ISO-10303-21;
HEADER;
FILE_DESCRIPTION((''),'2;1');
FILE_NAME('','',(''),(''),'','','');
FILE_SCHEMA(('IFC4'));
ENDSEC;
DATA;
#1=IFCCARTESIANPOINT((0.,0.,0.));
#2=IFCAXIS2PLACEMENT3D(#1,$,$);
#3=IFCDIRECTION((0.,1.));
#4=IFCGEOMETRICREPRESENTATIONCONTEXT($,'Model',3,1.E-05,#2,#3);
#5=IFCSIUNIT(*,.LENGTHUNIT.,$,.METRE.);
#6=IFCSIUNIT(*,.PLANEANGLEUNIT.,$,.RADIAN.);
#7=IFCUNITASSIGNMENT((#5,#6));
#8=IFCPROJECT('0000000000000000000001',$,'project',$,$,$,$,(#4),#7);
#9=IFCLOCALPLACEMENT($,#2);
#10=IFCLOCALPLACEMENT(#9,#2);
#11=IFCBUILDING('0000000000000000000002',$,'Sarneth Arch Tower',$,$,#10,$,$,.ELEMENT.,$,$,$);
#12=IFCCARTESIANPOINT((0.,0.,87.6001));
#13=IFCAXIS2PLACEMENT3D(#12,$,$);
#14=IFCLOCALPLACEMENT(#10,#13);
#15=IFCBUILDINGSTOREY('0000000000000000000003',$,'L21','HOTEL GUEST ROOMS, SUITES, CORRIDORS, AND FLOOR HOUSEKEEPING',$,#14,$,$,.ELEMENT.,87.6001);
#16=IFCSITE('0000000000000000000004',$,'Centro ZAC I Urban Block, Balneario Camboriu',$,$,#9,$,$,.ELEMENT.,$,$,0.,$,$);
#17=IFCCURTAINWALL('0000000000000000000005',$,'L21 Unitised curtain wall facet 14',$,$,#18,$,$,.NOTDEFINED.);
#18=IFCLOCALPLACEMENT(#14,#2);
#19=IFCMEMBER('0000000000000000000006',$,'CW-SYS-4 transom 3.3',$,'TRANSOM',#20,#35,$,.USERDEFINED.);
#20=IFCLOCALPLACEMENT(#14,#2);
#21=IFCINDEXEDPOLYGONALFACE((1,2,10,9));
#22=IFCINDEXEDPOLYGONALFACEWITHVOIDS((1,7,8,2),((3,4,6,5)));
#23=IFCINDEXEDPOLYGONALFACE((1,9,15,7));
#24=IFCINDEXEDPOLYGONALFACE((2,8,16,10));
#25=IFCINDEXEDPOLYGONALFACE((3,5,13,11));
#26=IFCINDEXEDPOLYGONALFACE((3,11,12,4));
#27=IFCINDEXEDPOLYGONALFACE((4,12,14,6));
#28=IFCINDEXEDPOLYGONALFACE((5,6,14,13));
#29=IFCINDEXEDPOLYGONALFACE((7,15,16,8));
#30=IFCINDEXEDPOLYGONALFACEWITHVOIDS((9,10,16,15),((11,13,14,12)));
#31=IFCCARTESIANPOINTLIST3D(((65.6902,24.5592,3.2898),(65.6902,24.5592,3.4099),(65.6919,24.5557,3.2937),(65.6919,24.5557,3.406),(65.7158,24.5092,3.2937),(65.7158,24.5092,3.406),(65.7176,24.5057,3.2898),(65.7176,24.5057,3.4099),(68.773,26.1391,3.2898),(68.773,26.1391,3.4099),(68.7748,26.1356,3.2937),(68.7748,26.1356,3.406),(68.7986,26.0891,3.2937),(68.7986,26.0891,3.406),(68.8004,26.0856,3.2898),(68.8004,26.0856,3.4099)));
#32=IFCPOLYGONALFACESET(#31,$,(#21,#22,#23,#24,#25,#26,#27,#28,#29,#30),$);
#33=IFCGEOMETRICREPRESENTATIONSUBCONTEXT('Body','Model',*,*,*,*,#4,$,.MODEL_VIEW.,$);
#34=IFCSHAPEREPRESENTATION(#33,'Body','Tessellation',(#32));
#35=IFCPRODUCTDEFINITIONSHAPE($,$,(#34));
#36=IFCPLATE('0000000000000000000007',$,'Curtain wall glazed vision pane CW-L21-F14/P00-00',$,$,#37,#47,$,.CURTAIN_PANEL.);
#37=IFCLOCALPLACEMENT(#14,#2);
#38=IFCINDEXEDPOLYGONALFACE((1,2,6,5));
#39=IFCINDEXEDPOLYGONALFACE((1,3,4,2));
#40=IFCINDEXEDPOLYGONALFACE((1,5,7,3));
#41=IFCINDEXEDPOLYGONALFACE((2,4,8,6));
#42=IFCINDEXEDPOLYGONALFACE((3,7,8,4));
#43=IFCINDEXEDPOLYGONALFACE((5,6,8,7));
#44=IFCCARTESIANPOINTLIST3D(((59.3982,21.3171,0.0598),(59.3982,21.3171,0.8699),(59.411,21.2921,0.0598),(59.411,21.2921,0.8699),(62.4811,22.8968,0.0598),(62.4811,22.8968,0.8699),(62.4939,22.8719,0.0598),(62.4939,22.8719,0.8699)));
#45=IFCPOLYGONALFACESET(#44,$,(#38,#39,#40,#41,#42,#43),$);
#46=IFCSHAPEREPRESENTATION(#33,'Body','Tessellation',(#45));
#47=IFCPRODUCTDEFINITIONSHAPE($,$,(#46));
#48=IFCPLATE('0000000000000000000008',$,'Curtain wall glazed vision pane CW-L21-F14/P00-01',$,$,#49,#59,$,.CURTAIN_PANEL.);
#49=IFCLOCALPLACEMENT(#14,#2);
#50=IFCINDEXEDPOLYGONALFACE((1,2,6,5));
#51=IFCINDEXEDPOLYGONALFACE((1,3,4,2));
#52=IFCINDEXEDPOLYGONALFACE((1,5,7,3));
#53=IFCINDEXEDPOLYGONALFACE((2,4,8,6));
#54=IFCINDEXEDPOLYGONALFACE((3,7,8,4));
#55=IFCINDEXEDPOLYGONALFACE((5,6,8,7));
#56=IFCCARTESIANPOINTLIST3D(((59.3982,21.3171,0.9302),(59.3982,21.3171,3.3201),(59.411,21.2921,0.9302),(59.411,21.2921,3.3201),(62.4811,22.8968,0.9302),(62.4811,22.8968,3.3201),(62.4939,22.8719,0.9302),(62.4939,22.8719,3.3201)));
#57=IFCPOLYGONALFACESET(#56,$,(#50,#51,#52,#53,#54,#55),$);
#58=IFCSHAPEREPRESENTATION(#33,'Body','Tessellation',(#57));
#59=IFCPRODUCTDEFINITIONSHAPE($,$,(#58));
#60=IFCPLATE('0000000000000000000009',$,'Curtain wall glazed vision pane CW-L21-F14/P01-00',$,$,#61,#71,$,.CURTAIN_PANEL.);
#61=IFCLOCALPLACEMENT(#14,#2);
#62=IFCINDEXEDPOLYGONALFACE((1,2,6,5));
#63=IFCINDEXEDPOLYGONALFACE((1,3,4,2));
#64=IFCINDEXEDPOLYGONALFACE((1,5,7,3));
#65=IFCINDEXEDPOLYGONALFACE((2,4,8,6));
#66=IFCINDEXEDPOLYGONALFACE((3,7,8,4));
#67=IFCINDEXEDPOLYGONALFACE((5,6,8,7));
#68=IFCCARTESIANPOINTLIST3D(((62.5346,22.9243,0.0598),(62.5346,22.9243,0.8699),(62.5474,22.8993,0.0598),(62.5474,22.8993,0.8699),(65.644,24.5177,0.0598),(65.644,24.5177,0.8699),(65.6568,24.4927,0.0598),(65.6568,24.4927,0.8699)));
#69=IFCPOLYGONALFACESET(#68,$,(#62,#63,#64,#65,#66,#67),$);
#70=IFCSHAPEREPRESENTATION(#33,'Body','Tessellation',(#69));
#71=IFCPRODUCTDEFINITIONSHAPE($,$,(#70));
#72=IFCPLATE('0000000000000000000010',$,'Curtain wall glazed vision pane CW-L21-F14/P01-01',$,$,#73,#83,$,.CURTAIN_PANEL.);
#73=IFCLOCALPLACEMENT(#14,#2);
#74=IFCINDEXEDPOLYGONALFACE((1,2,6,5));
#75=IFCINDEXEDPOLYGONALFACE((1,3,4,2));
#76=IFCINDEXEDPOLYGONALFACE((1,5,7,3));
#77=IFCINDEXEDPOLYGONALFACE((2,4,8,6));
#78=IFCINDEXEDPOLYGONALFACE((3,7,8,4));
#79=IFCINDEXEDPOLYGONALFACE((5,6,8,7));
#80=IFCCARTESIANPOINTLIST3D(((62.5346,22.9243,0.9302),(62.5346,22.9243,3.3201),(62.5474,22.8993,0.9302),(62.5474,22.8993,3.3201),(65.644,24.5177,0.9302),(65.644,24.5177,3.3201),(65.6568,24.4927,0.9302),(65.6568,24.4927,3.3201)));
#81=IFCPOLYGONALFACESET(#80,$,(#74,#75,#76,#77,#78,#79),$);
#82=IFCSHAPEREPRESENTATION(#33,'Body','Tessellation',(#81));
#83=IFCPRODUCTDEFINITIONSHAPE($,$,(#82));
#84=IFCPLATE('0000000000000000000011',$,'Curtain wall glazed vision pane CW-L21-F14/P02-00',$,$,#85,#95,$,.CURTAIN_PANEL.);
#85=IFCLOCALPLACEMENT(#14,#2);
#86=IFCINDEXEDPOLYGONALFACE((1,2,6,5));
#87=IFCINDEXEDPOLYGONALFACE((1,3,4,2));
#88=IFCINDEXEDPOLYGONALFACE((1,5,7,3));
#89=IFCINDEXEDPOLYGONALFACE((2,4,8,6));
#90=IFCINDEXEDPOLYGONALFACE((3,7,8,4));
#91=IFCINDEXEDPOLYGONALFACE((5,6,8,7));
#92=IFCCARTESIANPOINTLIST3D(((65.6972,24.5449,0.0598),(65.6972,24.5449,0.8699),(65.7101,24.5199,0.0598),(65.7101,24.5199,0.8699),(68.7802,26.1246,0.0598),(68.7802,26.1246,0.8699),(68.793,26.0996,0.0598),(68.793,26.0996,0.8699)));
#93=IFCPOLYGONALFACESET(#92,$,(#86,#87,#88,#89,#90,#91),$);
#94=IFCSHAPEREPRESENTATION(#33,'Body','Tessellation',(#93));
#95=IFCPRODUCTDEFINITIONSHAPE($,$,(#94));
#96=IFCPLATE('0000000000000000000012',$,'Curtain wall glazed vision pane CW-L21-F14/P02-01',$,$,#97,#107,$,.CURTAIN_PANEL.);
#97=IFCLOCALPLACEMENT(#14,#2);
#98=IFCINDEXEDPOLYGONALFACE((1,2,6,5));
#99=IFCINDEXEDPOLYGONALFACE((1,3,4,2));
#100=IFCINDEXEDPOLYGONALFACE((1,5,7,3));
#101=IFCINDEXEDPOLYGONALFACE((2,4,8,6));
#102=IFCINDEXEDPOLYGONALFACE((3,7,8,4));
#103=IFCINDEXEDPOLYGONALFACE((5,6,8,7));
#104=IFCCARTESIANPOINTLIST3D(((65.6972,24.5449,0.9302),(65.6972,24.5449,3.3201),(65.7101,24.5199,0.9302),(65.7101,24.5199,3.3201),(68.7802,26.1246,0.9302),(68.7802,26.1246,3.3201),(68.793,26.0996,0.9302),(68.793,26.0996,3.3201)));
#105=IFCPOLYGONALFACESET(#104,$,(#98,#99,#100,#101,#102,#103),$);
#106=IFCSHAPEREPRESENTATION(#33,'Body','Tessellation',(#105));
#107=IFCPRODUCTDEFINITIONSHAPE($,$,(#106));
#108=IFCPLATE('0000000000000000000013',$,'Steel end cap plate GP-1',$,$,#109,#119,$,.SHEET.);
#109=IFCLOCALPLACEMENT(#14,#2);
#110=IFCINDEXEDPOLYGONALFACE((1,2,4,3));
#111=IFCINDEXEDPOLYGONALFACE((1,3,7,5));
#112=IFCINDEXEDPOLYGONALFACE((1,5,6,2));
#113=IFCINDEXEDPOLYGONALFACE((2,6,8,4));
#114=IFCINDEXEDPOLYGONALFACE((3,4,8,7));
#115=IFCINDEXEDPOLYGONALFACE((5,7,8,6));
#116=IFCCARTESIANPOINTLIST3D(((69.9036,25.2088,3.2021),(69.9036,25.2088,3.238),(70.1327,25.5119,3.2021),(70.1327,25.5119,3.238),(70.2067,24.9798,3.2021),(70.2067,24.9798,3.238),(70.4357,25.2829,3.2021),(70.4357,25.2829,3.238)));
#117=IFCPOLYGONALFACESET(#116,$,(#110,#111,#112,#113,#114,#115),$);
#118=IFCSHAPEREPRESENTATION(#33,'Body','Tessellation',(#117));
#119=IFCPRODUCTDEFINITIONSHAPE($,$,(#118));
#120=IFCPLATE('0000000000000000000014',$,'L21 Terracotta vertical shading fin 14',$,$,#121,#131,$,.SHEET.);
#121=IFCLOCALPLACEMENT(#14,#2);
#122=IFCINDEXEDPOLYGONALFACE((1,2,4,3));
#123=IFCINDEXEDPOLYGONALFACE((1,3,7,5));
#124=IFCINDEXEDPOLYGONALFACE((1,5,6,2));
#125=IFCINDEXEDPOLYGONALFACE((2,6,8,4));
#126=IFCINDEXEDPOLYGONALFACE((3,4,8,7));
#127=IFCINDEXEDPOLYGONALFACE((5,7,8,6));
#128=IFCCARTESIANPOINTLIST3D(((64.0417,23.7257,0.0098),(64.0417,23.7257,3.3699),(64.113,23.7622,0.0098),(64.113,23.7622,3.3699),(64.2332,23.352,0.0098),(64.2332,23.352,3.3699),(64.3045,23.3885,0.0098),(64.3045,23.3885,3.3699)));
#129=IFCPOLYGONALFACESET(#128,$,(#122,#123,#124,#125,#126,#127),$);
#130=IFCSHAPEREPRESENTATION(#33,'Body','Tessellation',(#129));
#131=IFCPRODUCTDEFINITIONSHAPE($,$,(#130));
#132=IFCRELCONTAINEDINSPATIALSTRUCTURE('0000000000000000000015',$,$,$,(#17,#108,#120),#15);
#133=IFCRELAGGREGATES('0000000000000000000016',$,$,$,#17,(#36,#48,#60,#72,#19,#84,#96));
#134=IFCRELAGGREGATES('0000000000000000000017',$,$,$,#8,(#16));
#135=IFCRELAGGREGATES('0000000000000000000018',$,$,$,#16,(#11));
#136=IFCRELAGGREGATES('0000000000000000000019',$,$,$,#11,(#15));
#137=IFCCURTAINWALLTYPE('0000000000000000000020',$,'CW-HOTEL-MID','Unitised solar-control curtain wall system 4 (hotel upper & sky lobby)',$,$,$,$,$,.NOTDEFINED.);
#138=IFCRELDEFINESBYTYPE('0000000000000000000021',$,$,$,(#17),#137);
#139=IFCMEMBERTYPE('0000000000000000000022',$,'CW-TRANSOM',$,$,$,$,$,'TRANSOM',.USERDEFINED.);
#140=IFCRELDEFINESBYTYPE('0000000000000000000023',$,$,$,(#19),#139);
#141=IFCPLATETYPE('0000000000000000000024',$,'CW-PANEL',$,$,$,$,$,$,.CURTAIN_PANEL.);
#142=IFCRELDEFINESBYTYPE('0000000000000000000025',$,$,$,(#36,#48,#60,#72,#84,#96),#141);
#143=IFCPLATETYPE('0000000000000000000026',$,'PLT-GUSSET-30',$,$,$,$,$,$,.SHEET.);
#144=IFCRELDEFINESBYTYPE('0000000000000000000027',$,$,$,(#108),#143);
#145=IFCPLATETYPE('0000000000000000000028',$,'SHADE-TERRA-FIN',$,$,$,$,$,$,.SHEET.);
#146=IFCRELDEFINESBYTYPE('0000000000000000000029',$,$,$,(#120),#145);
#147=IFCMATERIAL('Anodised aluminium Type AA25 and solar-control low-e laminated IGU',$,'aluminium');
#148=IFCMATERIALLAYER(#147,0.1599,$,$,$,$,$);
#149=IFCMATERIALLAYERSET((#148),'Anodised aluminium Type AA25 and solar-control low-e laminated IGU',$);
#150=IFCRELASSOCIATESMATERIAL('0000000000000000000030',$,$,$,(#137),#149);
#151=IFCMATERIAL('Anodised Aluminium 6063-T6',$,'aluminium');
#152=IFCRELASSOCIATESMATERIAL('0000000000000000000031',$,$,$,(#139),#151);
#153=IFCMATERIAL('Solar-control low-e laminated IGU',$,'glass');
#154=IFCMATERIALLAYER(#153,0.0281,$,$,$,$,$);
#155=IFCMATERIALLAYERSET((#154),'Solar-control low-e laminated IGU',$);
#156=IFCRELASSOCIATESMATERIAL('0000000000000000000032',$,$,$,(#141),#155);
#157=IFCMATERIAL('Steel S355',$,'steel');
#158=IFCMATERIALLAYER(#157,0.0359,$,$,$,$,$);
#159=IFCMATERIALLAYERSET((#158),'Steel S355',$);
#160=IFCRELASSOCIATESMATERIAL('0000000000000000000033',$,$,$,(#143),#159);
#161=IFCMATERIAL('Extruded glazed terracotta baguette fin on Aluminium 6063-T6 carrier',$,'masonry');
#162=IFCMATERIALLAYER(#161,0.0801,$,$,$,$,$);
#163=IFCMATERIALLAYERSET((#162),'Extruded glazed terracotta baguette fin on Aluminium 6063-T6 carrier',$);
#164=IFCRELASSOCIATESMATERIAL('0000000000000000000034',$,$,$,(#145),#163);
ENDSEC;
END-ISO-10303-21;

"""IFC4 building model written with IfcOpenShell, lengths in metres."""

from ifc_helpers import new_model, si_unit, direction, frame, origin, origin_2d, place, context, subcontext, project, spatial, rectangle, hollow_rectangle, extrude, material, layer, layer_set, material_profile, profile_set, type_object, element, aggregate, save


model = new_model("IFC4")

# Units and contexts
model_context = context("Model", 3, precision=1e-05, world=origin(), true_north=direction((0.0, 1.0)))
body_context = subcontext(model_context, "Body", "Model", "MODEL_VIEW")
ifc_project = project(units=[si_unit("LENGTHUNIT", "METRE"), si_unit("PLANEANGLEUNIT", "RADIAN")], contexts=[model_context])

# Site, building, storey
site_placement = place(None, origin())
site = spatial("IfcSite", under=ifc_project, at=site_placement, Name="Centro ZAC I Urban Block, Balneario Camboriu", CompositionType="ELEMENT", RefElevation=0.0)
building_placement = place(site_placement, origin())
building = spatial("IfcBuilding", under=site, at=building_placement, Name="Sarneth Arch Tower", CompositionType="ELEMENT")
storey_placement = place(building_placement, frame((0.0, 0.0, 87.6001)))
storey = spatial("IfcBuildingStorey", under=building, at=storey_placement, Name="L21", Description="HOTEL GUEST ROOMS, SUITES, CORRIDORS, AND FLOOR HOUSEKEEPING", CompositionType="ELEMENT", Elevation=87.6001)

# Curtain wall, member, plates
ifc_material_1 = material(Name="Anodised aluminium Type AA25 and solar-control low-e laminated IGU", Category="aluminium")
ifc_layer_1 = layer(ifc_material_1, 0.1599)
ifc_layer_set_1 = layer_set([ifc_layer_1], Name="Anodised aluminium Type AA25 and solar-control low-e laminated IGU")
curtain_wall_type = type_object("IfcCurtainWallType", Name="CW-HOTEL-MID", Description="Unitised solar-control curtain wall system 4 (hotel upper & sky lobby)", PredefinedType="NOTDEFINED", material=ifc_layer_set_1)
curtain_wall_placement = place(storey_placement, origin())
curtain_wall = element("IfcCurtainWall", 1, at=curtain_wall_placement, inside=storey, type_object=curtain_wall_type, Name="L21 Unitised curtain wall facet 14", PredefinedType="NOTDEFINED")
ifc_material_2 = material(Name="Anodised Aluminium 6063-T6", Category="aluminium")
ifc_material_profile_1 = material_profile(ifc_material_2, hollow_rectangle(XDim=0.0601, YDim=0.1201, WallThickness=0.0039, at=origin_2d()), Name="AL-TRAN-120x60x4")
ifc_profile_set_1 = profile_set([ifc_material_profile_1], Name="Anodised Aluminium 6063-T6")
member_type_1 = type_object("IfcMemberType", Name="CW-TRANSOM", ElementType="TRANSOM", PredefinedType="USERDEFINED", material=ifc_profile_set_1)
member_1_placement = place(storey_placement, frame((65.7039, 24.5325, 3.3499), z_axis=(0.889943, 0.456072, 0.0), x_axis=(-0.456072, 0.889943, 0.0)))
member_1 = element("IfcMember", 2, at=member_1_placement, type_object=member_type_1, Name="CW-SYS-4 transom 3.3", ObjectType="TRANSOM", PredefinedType="USERDEFINED", context=body_context, shape_type="SweptSolid", body=[
    extrude(hollow_rectangle(XDim=0.0601, YDim=0.1201, WallThickness=0.0039, at=origin_2d()), origin(), (0.0, 0.0, 1.0), 3.4641),
])
ifc_material_3 = material(Name="Solar-control low-e laminated IGU", Category="glass")
ifc_layer_2 = layer(ifc_material_3, 0.0281)
ifc_layer_set_2 = layer_set([ifc_layer_2], Name="Solar-control low-e laminated IGU")
plate_type_1 = type_object("IfcPlateType", Name="CW-PANEL", PredefinedType="CURTAIN_PANEL", material=ifc_layer_set_2)
plate_1_placement = place(storey_placement, frame((60.946, 22.0945, 0.0598), z_axis=(0.0, 0.0, 1.0), x_axis=(0.889964, 0.456031, 0.0)))
plate_1 = element("IfcPlate", 3, at=plate_1_placement, type_object=plate_type_1, Name="Curtain wall glazed vision pane CW-L21-F14/P00-00", PredefinedType="CURTAIN_PANEL", context=body_context, shape_type="SweptSolid", body=[
    extrude(rectangle(XDim=3.4641, YDim=0.0281, at=origin_2d()), origin(), (0.0, 0.0, 1.0), 0.8101),
])
plate_2_placement = place(storey_placement, frame((60.946, 22.0945, 0.9302), z_axis=(0.0, 0.0, 1.0), x_axis=(0.889964, 0.456031, 0.0)))
plate_2 = element("IfcPlate", 4, at=plate_2_placement, type_object=plate_type_1, Name="Curtain wall glazed vision pane CW-L21-F14/P00-01", PredefinedType="CURTAIN_PANEL", context=body_context, shape_type="SweptSolid", body=[
    extrude(rectangle(XDim=3.4641, YDim=0.0281, at=origin_2d()), origin(), (0.0, 0.0, 1.0), 2.3899),
])
plate_3_placement = place(storey_placement, frame((64.0957, 23.7085, 0.0598), z_axis=(0.0, 0.0, 1.0), x_axis=(0.889964, 0.456031, 0.0)))
plate_3 = element("IfcPlate", 5, at=plate_3_placement, type_object=plate_type_1, Name="Curtain wall glazed vision pane CW-L21-F14/P01-00", PredefinedType="CURTAIN_PANEL", context=body_context, shape_type="SweptSolid", body=[
    extrude(rectangle(XDim=3.4939, YDim=0.0281, at=origin_2d()), origin(), (0.0, 0.0, 1.0), 0.8101),
])
plate_4_placement = place(storey_placement, frame((64.0957, 23.7085, 0.9302), z_axis=(0.0, 0.0, 1.0), x_axis=(0.889964, 0.456031, 0.0)))
plate_4 = element("IfcPlate", 6, at=plate_4_placement, type_object=plate_type_1, Name="Curtain wall glazed vision pane CW-L21-F14/P01-01", PredefinedType="CURTAIN_PANEL", context=body_context, shape_type="SweptSolid", body=[
    extrude(rectangle(XDim=3.4939, YDim=0.0281, at=origin_2d()), origin(), (0.0, 0.0, 1.0), 2.3899),
])
plate_5_placement = place(storey_placement, frame((67.2451, 25.3223, 0.0598), z_axis=(0.0, 0.0, 1.0), x_axis=(0.889964, 0.456031, 0.0)))
plate_5 = element("IfcPlate", 7, at=plate_5_placement, type_object=plate_type_1, Name="Curtain wall glazed vision pane CW-L21-F14/P02-00", PredefinedType="CURTAIN_PANEL", context=body_context, shape_type="SweptSolid", body=[
    extrude(rectangle(XDim=3.4641, YDim=0.0281, at=origin_2d()), origin(), (0.0, 0.0, 1.0), 0.8101),
])
plate_6_placement = place(storey_placement, frame((67.2451, 25.3223, 0.9302), z_axis=(0.0, 0.0, 1.0), x_axis=(0.889964, 0.456031, 0.0)))
plate_6 = element("IfcPlate", 8, at=plate_6_placement, type_object=plate_type_1, Name="Curtain wall glazed vision pane CW-L21-F14/P02-01", PredefinedType="CURTAIN_PANEL", context=body_context, shape_type="SweptSolid", body=[
    extrude(rectangle(XDim=3.4641, YDim=0.0281, at=origin_2d()), origin(), (0.0, 0.0, 1.0), 2.3899),
])
aggregate(curtain_wall, [plate_1, plate_2, plate_3, plate_4, member_1, plate_5, plate_6])

# Plates
ifc_material_4 = material(Name="Steel S355", Category="steel")
ifc_layer_3 = layer(ifc_material_4, 0.0359)
ifc_layer_set_3 = layer_set([ifc_layer_3], Name="Steel S355")
plate_type_2 = type_object("IfcPlateType", Name="PLT-GUSSET-30", PredefinedType="SHEET", material=ifc_layer_set_3)
plate_7_placement = place(storey_placement, frame((70.1697, 25.2458, 3.2021), z_axis=(0.0, 0.0, 1.0), x_axis=(0.797794, -0.60293, 0.0)))
element("IfcPlate", 9, at=plate_7_placement, inside=storey, type_object=plate_type_2, Name="Steel end cap plate GP-1", PredefinedType="SHEET", context=body_context, shape_type="SweptSolid", body=[
    extrude(rectangle(XDim=0.3799, YDim=0.3799, at=origin_2d()), origin(), (0.0, 0.0, 1.0), 0.0359),
])
ifc_material_5 = material(Name="Extruded glazed terracotta baguette fin on Aluminium 6063-T6 carrier", Category="masonry")
ifc_layer_4 = layer(ifc_material_5, 0.0801)
ifc_layer_set_4 = layer_set([ifc_layer_4], Name="Extruded glazed terracotta baguette fin on Aluminium 6063-T6 carrier")
plate_type_3 = type_object("IfcPlateType", Name="SHADE-TERRA-FIN", PredefinedType="SHEET", material=ifc_layer_set_4)
plate_8_placement = place(storey_placement, frame((64.1731, 23.5571, 0.0098), z_axis=(0.0, 0.0, 1.0), x_axis=(0.456011, -0.889974, 0.0)))
element("IfcPlate", 10, at=plate_8_placement, inside=storey, type_object=plate_type_3, Name="L21 Terracotta vertical shading fin 14", PredefinedType="SHEET", context=body_context, shape_type="SweptSolid", body=[
    extrude(rectangle(XDim=0.4199, YDim=0.0801, at=origin_2d()), origin(), (0.0, 0.0, 1.0), 3.3601),
])

save(model, "model.ifc")
